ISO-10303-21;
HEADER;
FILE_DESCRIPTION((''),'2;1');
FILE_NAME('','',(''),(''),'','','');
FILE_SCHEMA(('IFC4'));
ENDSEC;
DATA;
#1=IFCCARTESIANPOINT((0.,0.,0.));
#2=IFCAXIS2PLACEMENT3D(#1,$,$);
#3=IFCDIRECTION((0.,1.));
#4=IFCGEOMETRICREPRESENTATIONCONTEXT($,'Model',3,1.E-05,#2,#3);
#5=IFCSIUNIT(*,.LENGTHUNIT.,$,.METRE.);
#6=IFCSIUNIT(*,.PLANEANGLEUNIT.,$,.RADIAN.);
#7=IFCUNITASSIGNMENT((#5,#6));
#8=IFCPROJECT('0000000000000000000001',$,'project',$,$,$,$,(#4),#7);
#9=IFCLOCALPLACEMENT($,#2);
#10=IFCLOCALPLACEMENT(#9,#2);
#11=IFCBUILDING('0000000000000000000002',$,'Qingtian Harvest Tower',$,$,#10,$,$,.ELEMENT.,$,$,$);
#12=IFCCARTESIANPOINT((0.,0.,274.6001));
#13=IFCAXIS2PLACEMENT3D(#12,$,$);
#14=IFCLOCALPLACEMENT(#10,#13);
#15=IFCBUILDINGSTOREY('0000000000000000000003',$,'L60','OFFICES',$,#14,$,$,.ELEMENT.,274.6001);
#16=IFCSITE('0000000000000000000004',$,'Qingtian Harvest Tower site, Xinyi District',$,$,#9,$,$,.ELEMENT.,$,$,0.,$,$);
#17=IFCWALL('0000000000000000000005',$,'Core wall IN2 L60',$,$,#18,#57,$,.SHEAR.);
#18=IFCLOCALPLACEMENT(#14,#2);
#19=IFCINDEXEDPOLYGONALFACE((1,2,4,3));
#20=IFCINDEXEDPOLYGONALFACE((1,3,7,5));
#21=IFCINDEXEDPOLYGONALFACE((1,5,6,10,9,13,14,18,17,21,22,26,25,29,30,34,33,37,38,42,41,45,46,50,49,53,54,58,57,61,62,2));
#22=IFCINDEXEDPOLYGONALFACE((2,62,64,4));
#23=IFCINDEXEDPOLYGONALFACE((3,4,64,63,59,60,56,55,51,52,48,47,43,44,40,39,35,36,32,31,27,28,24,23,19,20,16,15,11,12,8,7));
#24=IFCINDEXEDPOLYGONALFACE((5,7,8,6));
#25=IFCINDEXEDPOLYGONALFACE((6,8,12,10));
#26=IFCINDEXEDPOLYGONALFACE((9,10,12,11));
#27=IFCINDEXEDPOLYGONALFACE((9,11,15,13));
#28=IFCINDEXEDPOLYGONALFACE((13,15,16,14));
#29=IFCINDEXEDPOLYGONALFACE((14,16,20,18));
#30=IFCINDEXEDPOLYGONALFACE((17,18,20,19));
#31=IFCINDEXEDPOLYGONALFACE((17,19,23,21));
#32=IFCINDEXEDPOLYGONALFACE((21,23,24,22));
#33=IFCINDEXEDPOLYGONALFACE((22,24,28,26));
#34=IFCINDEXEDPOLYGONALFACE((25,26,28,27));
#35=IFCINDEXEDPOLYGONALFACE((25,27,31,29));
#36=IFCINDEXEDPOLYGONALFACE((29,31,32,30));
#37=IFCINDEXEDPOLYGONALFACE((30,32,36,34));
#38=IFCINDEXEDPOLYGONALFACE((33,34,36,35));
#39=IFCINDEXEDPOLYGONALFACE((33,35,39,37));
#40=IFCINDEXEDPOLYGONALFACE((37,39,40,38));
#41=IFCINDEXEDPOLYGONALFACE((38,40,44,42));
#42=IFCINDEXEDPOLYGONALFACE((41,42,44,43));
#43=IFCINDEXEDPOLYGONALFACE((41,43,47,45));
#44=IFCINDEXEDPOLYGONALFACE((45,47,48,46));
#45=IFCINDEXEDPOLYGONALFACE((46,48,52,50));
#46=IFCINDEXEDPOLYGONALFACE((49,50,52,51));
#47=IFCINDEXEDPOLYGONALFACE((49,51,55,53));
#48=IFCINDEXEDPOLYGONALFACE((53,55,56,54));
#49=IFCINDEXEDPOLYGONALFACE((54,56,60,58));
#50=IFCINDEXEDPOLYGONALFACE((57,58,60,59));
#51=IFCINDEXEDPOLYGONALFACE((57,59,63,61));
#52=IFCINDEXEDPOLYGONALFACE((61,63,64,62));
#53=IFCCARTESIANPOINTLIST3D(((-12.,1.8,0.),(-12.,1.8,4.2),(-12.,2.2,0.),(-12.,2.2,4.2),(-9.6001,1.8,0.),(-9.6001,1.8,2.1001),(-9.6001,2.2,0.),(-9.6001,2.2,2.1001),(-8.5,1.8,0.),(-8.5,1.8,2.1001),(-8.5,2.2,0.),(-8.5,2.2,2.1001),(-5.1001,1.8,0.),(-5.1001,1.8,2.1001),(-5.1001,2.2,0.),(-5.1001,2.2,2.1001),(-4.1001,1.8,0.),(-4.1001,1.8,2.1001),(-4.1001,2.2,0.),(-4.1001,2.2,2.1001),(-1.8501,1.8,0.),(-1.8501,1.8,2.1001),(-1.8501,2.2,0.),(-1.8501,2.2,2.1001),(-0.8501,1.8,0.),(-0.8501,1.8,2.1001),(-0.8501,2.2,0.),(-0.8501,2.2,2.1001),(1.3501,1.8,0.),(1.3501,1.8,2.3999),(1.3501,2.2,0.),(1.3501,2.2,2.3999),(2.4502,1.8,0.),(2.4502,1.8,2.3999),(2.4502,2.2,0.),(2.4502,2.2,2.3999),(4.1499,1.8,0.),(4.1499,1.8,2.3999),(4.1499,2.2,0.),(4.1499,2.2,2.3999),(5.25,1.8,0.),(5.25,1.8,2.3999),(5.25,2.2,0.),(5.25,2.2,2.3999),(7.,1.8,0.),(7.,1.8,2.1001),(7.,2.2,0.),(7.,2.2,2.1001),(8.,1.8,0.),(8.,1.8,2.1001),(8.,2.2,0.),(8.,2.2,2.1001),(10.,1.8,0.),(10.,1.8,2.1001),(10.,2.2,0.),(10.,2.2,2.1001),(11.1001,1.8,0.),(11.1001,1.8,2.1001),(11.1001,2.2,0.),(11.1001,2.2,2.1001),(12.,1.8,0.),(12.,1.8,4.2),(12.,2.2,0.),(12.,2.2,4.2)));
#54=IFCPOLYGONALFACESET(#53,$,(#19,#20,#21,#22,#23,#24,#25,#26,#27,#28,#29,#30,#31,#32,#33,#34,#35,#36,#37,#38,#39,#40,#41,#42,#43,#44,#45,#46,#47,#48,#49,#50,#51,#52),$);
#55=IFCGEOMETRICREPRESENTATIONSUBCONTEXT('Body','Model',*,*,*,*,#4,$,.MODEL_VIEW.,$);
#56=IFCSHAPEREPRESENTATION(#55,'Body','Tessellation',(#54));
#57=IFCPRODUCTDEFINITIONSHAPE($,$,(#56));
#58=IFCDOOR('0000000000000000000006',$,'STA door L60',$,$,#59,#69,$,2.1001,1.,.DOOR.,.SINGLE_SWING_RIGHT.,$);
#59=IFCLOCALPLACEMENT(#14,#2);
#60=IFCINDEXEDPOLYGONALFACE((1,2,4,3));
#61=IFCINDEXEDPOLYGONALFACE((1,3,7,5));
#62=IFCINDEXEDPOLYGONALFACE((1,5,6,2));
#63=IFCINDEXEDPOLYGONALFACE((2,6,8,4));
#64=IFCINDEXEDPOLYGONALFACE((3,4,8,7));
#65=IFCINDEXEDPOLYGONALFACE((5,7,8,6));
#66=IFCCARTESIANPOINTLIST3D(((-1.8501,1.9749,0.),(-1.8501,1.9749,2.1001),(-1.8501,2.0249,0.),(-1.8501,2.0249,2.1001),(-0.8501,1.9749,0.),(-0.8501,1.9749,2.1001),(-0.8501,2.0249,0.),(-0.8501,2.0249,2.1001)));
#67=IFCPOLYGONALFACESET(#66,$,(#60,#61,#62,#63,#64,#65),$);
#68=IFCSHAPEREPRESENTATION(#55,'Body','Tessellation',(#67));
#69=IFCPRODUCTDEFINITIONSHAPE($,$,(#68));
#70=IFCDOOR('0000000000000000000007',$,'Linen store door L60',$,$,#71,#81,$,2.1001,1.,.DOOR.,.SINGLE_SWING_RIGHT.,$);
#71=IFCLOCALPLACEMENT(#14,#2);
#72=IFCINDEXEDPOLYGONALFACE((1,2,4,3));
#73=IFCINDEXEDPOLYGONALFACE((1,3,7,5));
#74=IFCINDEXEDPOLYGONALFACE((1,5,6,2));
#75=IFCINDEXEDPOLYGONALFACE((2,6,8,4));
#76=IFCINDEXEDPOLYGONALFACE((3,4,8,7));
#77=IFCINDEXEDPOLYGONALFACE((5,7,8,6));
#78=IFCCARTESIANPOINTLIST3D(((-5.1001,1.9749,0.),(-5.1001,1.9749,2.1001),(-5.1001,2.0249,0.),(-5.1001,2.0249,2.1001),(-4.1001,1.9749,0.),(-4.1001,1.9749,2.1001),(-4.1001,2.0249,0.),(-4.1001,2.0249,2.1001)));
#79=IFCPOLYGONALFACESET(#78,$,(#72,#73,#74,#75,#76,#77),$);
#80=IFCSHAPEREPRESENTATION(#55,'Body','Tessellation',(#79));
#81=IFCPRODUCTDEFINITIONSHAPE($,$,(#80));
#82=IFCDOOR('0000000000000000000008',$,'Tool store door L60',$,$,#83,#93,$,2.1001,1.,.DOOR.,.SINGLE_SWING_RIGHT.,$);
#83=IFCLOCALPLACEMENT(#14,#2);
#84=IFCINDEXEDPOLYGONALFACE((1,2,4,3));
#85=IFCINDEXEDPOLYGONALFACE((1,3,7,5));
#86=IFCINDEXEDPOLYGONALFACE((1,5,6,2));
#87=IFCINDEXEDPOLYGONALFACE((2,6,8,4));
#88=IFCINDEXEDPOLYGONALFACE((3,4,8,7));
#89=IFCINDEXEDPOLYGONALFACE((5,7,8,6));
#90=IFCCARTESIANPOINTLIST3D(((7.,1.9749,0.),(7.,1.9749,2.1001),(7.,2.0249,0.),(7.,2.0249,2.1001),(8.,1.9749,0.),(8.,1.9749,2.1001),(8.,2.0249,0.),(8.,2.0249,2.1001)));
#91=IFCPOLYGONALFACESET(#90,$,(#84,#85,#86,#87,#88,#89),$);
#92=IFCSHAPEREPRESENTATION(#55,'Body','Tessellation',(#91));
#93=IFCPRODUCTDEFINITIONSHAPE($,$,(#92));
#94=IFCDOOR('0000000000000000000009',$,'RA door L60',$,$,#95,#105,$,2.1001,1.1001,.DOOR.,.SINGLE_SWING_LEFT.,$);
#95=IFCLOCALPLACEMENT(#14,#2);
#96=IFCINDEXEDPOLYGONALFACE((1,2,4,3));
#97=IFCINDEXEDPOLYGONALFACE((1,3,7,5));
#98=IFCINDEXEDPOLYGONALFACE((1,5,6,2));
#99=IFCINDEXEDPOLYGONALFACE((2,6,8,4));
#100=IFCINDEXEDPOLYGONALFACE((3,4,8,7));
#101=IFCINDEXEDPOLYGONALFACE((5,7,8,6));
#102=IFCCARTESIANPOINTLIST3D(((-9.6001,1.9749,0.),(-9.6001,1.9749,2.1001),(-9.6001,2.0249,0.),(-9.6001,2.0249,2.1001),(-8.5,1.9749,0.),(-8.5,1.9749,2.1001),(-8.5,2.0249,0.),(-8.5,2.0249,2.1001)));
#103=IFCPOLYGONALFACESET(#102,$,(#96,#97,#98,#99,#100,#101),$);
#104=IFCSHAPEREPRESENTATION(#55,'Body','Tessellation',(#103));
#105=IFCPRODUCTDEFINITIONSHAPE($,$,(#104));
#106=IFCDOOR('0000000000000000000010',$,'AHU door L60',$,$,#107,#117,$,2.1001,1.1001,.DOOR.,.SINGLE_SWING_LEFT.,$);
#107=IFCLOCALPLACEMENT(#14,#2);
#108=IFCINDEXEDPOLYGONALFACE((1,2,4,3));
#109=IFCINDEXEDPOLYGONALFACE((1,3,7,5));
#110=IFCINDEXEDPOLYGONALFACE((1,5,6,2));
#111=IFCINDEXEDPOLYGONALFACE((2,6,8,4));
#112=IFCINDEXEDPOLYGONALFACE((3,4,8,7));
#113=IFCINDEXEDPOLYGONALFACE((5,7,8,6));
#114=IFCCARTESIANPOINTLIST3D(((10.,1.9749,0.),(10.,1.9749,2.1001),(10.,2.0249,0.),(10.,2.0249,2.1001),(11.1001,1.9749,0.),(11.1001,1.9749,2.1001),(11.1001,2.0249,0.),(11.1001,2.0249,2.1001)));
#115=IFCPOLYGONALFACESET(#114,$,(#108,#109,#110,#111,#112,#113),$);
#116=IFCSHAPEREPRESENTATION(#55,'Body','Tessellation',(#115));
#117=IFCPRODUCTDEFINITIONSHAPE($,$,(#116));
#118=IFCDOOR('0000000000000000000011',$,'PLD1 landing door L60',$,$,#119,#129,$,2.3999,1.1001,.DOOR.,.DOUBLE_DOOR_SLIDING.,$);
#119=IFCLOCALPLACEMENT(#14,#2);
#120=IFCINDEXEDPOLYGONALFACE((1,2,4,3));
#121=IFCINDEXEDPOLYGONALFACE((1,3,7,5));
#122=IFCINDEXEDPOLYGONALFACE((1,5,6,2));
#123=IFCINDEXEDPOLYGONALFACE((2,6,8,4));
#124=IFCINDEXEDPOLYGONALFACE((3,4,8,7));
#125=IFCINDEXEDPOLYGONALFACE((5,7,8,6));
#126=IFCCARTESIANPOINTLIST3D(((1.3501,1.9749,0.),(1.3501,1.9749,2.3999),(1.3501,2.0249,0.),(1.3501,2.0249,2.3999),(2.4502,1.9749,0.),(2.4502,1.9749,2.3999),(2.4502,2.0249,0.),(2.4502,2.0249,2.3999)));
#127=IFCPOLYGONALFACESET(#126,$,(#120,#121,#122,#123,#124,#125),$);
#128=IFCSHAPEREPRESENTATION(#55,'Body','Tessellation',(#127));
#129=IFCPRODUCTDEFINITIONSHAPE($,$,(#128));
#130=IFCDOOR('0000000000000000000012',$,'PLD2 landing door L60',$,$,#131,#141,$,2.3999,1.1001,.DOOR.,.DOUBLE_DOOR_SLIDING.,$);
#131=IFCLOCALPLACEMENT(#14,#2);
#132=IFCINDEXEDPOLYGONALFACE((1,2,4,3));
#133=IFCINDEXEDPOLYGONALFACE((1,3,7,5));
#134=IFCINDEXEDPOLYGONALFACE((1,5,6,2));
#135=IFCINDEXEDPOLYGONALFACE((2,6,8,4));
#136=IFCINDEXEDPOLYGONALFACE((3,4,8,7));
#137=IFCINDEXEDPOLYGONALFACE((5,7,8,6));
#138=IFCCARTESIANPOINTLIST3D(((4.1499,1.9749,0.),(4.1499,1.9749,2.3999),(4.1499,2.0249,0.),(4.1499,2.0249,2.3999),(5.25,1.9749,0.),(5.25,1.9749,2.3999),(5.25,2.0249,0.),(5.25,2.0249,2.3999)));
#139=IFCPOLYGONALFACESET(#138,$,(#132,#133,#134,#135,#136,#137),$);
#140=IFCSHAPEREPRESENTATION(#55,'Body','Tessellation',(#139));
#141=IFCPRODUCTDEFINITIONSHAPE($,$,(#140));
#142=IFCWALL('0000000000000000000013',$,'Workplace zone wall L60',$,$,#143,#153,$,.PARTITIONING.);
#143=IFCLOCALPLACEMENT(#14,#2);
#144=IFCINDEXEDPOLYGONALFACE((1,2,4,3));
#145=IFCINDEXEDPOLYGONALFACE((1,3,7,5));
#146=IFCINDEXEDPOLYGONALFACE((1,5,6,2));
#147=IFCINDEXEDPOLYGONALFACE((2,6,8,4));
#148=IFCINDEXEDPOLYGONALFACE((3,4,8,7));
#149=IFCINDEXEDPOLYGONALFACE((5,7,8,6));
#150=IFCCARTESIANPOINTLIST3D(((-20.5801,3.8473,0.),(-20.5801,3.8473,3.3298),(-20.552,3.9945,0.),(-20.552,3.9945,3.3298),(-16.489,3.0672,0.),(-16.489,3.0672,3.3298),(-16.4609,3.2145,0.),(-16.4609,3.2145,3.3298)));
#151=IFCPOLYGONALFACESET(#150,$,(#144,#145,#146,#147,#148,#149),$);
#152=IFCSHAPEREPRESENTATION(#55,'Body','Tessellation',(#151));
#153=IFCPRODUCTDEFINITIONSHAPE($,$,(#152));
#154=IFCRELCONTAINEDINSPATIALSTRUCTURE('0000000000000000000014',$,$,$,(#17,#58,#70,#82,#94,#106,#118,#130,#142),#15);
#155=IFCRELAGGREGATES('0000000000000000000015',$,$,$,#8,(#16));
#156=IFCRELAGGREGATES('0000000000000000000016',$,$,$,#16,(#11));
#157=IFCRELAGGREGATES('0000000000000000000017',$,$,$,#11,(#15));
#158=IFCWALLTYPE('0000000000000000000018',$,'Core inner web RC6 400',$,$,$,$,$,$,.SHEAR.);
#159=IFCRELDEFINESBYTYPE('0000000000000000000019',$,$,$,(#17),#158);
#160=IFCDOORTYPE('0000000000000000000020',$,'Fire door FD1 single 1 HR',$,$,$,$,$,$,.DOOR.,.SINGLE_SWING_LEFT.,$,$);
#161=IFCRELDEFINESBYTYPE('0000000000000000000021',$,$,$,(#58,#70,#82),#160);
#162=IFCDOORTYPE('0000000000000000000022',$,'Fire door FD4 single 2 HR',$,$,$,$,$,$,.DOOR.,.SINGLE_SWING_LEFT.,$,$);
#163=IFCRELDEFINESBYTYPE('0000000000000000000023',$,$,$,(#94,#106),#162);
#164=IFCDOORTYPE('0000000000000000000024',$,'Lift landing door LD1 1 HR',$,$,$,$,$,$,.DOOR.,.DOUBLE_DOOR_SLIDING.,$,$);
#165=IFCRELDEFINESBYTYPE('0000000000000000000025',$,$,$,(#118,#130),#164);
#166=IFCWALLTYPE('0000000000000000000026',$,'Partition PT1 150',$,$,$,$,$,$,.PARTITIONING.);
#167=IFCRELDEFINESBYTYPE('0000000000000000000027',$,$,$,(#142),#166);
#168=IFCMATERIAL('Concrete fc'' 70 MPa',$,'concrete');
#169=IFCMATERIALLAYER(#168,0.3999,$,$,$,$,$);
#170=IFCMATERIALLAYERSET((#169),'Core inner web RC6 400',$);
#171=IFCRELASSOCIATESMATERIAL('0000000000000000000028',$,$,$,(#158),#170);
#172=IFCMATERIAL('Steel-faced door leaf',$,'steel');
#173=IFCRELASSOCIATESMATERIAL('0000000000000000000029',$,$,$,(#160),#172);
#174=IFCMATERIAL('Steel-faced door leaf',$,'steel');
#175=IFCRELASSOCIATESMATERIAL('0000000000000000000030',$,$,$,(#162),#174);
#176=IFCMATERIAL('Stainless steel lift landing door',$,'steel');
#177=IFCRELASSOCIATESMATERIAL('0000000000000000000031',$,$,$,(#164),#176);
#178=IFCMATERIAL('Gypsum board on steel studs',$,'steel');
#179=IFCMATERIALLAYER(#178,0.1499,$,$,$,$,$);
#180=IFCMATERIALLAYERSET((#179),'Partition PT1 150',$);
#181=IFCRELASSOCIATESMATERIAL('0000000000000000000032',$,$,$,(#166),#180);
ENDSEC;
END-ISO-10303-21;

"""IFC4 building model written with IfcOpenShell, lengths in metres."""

from ifc_helpers import new_model, si_unit, direction, frame, frame_2d, origin, place, context, subcontext, project, spatial, rectangle, extrude, material, layer, layer_set, type_object, element, fill, save


model = new_model("IFC4")

# Units and contexts
model_context = context("Model", 3, precision=1e-05, world=origin(), true_north=direction((0.0, 1.0)))
body_context = subcontext(model_context, "Body", "Model", "MODEL_VIEW")
ifc_project = project(units=[si_unit("LENGTHUNIT", "METRE"), si_unit("PLANEANGLEUNIT", "RADIAN")], contexts=[model_context])

# Site, building, storey
site_placement = place(None, origin())
site = spatial("IfcSite", under=ifc_project, at=site_placement, Name="Qingtian Harvest Tower site, Xinyi District", CompositionType="ELEMENT", RefElevation=0.0)
building_placement = place(site_placement, origin())
building = spatial("IfcBuilding", under=site, at=building_placement, Name="Qingtian Harvest Tower", CompositionType="ELEMENT")
storey_placement = place(building_placement, frame((0.0, 0.0, 274.6001)))
storey = spatial("IfcBuildingStorey", under=building, at=storey_placement, Name="L60", Description="OFFICES", CompositionType="ELEMENT", Elevation=274.6001)

# Wall, openings, doors
ifc_material_1 = material(Name="Concrete fc' 70 MPa", Category="concrete")
ifc_layer_1 = layer(ifc_material_1, 0.3999)
ifc_layer_set_1 = layer_set([ifc_layer_1], Name="Core inner web RC6 400")
wall_type_1 = type_object("IfcWallType", Name="Core inner web RC6 400", PredefinedType="SHEAR", material=ifc_layer_set_1)
wall_1_placement = place(storey_placement, frame((-12.0, 2.0, 0.0), z_axis=(0.0, 0.0, 1.0), x_axis=(1.0, 0.0, 0.0)))
wall_1 = element("IfcWall", 1, at=wall_1_placement, inside=storey, type_object=wall_type_1, Name="Core wall IN2 L60", PredefinedType="SHEAR", context=body_context, shape_type="SweptSolid", body=[
    extrude(rectangle(XDim=24.0, YDim=0.3999, at=frame_2d((12.0, 0.0))), origin(), (0.0, 0.0, 1.0), 4.2),
])
opening_1_placement = place(wall_1_placement, frame((2.3999, 0.0, 0.0)))
opening_1 = element("IfcOpeningElement", 2, at=opening_1_placement, cuts=wall_1, PredefinedType="OPENING", context=body_context, shape_type="SweptSolid", body=[
    extrude(rectangle(XDim=1.1001, YDim=2.1001, at=frame_2d((0.55, 1.05))), frame((0.0, 0.21, 0.0), z_axis=(0.0, -1.0, 0.0), x_axis=(1.0, 0.0, 0.0)), (0.0, 0.0, 1.0), 0.4199),
])
opening_2_placement = place(wall_1_placement, frame((22.0, 0.0, 0.0)))
opening_2 = element("IfcOpeningElement", 3, at=opening_2_placement, cuts=wall_1, PredefinedType="OPENING", context=body_context, shape_type="SweptSolid", body=[
    extrude(rectangle(XDim=1.1001, YDim=2.1001, at=frame_2d((0.55, 1.05))), frame((0.0, 0.21, 0.0), z_axis=(0.0, -1.0, 0.0), x_axis=(1.0, 0.0, 0.0)), (0.0, 0.0, 1.0), 0.4199),
])
opening_3_placement = place(wall_1_placement, frame((10.1499, 0.0, 0.0)))
opening_3 = element("IfcOpeningElement", 4, at=opening_3_placement, cuts=wall_1, PredefinedType="OPENING", context=body_context, shape_type="SweptSolid", body=[
    extrude(rectangle(XDim=1.0, YDim=2.1001, at=frame_2d((0.5, 1.05))), frame((0.0, 0.21, 0.0), z_axis=(0.0, -1.0, 0.0), x_axis=(1.0, 0.0, 0.0)), (0.0, 0.0, 1.0), 0.4199),
])
opening_4_placement = place(wall_1_placement, frame((6.8999, 0.0, 0.0)))
opening_4 = element("IfcOpeningElement", 5, at=opening_4_placement, cuts=wall_1, PredefinedType="OPENING", context=body_context, shape_type="SweptSolid", body=[
    extrude(rectangle(XDim=1.0, YDim=2.1001, at=frame_2d((0.5, 1.05))), frame((0.0, 0.21, 0.0), z_axis=(0.0, -1.0, 0.0), x_axis=(1.0, 0.0, 0.0)), (0.0, 0.0, 1.0), 0.4199),
])
opening_5_placement = place(wall_1_placement, frame((13.3501, 0.0, 0.0)))
opening_5 = element("IfcOpeningElement", 6, at=opening_5_placement, cuts=wall_1, PredefinedType="OPENING", context=body_context, shape_type="SweptSolid", body=[
    extrude(rectangle(XDim=1.1001, YDim=2.3999, at=frame_2d((0.55, 1.2))), frame((0.0, 0.21, 0.0), z_axis=(0.0, -1.0, 0.0), x_axis=(1.0, 0.0, 0.0)), (0.0, 0.0, 1.0), 0.4199),
])
opening_6_placement = place(wall_1_placement, frame((16.1499, 0.0, 0.0)))
opening_6 = element("IfcOpeningElement", 7, at=opening_6_placement, cuts=wall_1, PredefinedType="OPENING", context=body_context, shape_type="SweptSolid", body=[
    extrude(rectangle(XDim=1.1001, YDim=2.3999, at=frame_2d((0.55, 1.2))), frame((0.0, 0.21, 0.0), z_axis=(0.0, -1.0, 0.0), x_axis=(1.0, 0.0, 0.0)), (0.0, 0.0, 1.0), 0.4199),
])
opening_7_placement = place(wall_1_placement, frame((19.0, 0.0, 0.0)))
opening_7 = element("IfcOpeningElement", 8, at=opening_7_placement, cuts=wall_1, PredefinedType="OPENING", context=body_context, shape_type="SweptSolid", body=[
    extrude(rectangle(XDim=1.0, YDim=2.1001, at=frame_2d((0.5, 1.05))), frame((0.0, 0.21, 0.0), z_axis=(0.0, -1.0, 0.0), x_axis=(1.0, 0.0, 0.0)), (0.0, 0.0, 1.0), 0.4199),
])
ifc_material_2 = material(Name="Steel-faced door leaf", Category="steel")
door_type_1 = type_object("IfcDoorType", Name="Fire door FD1 single 1 HR", OperationType="SINGLE_SWING_LEFT", PredefinedType="DOOR", material=ifc_material_2)
door_1_placement = place(opening_3_placement, origin())
door_1 = element("IfcDoor", 9, at=door_1_placement, inside=storey, type_object=door_type_1, Name="STA door L60", OperationType="SINGLE_SWING_RIGHT", OverallHeight=2.1001, OverallWidth=1.0, PredefinedType="DOOR", context=body_context, shape_type="SweptSolid", body=[
    extrude(rectangle(XDim=1.0, YDim=2.1001, at=frame_2d((0.5, 1.05))), frame((0.0, 0.0249, 0.0), z_axis=(0.0, -1.0, 0.0), x_axis=(1.0, 0.0, 0.0)), (0.0, 0.0, 1.0), 0.05),
])
fill(opening_3, door_1)
door_2_placement = place(opening_4_placement, origin())
door_2 = element("IfcDoor", 10, at=door_2_placement, inside=storey, type_object=door_type_1, Name="Linen store door L60", OperationType="SINGLE_SWING_RIGHT", OverallHeight=2.1001, OverallWidth=1.0, PredefinedType="DOOR", context=body_context, shape_type="SweptSolid", body=[
    extrude(rectangle(XDim=1.0, YDim=2.1001, at=frame_2d((0.5, 1.05))), frame((0.0, 0.0249, 0.0), z_axis=(0.0, -1.0, 0.0), x_axis=(1.0, 0.0, 0.0)), (0.0, 0.0, 1.0), 0.05),
])
fill(opening_4, door_2)
door_3_placement = place(opening_7_placement, origin())
door_3 = element("IfcDoor", 11, at=door_3_placement, inside=storey, type_object=door_type_1, Name="Tool store door L60", OperationType="SINGLE_SWING_RIGHT", OverallHeight=2.1001, OverallWidth=1.0, PredefinedType="DOOR", context=body_context, shape_type="SweptSolid", body=[
    extrude(rectangle(XDim=1.0, YDim=2.1001, at=frame_2d((0.5, 1.05))), frame((0.0, 0.0249, 0.0), z_axis=(0.0, -1.0, 0.0), x_axis=(1.0, 0.0, 0.0)), (0.0, 0.0, 1.0), 0.05),
])
fill(opening_7, door_3)
ifc_material_3 = material(Name="Steel-faced door leaf", Category="steel")
door_type_2 = type_object("IfcDoorType", Name="Fire door FD4 single 2 HR", OperationType="SINGLE_SWING_LEFT", PredefinedType="DOOR", material=ifc_material_3)
door_4_placement = place(opening_1_placement, origin())
door_4 = element("IfcDoor", 12, at=door_4_placement, inside=storey, type_object=door_type_2, Name="RA door L60", OperationType="SINGLE_SWING_LEFT", OverallHeight=2.1001, OverallWidth=1.1001, PredefinedType="DOOR", context=body_context, shape_type="SweptSolid", body=[
    extrude(rectangle(XDim=1.1001, YDim=2.1001, at=frame_2d((0.55, 1.05))), frame((0.0, 0.0249, 0.0), z_axis=(0.0, -1.0, 0.0), x_axis=(1.0, 0.0, 0.0)), (0.0, 0.0, 1.0), 0.05),
])
fill(opening_1, door_4)
door_5_placement = place(opening_2_placement, origin())
door_5 = element("IfcDoor", 13, at=door_5_placement, inside=storey, type_object=door_type_2, Name="AHU door L60", OperationType="SINGLE_SWING_LEFT", OverallHeight=2.1001, OverallWidth=1.1001, PredefinedType="DOOR", context=body_context, shape_type="SweptSolid", body=[
    extrude(rectangle(XDim=1.1001, YDim=2.1001, at=frame_2d((0.55, 1.05))), frame((0.0, 0.0249, 0.0), z_axis=(0.0, -1.0, 0.0), x_axis=(1.0, 0.0, 0.0)), (0.0, 0.0, 1.0), 0.05),
])
fill(opening_2, door_5)
ifc_material_4 = material(Name="Stainless steel lift landing door", Category="steel")
door_type_3 = type_object("IfcDoorType", Name="Lift landing door LD1 1 HR", OperationType="DOUBLE_DOOR_SLIDING", PredefinedType="DOOR", material=ifc_material_4)
door_6_placement = place(opening_5_placement, origin())
door_6 = element("IfcDoor", 14, at=door_6_placement, inside=storey, type_object=door_type_3, Name="PLD1 landing door L60", OperationType="DOUBLE_DOOR_SLIDING", OverallHeight=2.3999, OverallWidth=1.1001, PredefinedType="DOOR", context=body_context, shape_type="SweptSolid", body=[
    extrude(rectangle(XDim=1.1001, YDim=2.3999, at=frame_2d((0.55, 1.2))), frame((0.0, 0.0249, 0.0), z_axis=(0.0, -1.0, 0.0), x_axis=(1.0, 0.0, 0.0)), (0.0, 0.0, 1.0), 0.05),
])
fill(opening_5, door_6)
door_7_placement = place(opening_6_placement, origin())
door_7 = element("IfcDoor", 15, at=door_7_placement, inside=storey, type_object=door_type_3, Name="PLD2 landing door L60", OperationType="DOUBLE_DOOR_SLIDING", OverallHeight=2.3999, OverallWidth=1.1001, PredefinedType="DOOR", context=body_context, shape_type="SweptSolid", body=[
    extrude(rectangle(XDim=1.1001, YDim=2.3999, at=frame_2d((0.55, 1.2))), frame((0.0, 0.0249, 0.0), z_axis=(0.0, -1.0, 0.0), x_axis=(1.0, 0.0, 0.0)), (0.0, 0.0, 1.0), 0.05),
])
fill(opening_6, door_7)

# Wall
ifc_material_5 = material(Name="Gypsum board on steel studs", Category="steel")
ifc_layer_2 = layer(ifc_material_5, 0.1499)
ifc_layer_set_2 = layer_set([ifc_layer_2], Name="Partition PT1 150")
wall_type_2 = type_object("IfcWallType", Name="Partition PT1 150", PredefinedType="PARTITIONING", material=ifc_layer_set_2)
wall_2_placement = place(storey_placement, frame((-20.5662, 3.9209, 0.0), z_axis=(0.0, 0.0, 1.0), x_axis=(0.982304, -0.187293, 0.0)))
element("IfcWall", 16, at=wall_2_placement, inside=storey, type_object=wall_type_2, Name="Workplace zone wall L60", PredefinedType="PARTITIONING", context=body_context, shape_type="SweptSolid", body=[
    extrude(rectangle(XDim=4.1648, YDim=0.1499, at=frame_2d((2.0825, 0.0))), origin(), (0.0, 0.0, 1.0), 3.3298),
])

save(model, "model.ifc")
